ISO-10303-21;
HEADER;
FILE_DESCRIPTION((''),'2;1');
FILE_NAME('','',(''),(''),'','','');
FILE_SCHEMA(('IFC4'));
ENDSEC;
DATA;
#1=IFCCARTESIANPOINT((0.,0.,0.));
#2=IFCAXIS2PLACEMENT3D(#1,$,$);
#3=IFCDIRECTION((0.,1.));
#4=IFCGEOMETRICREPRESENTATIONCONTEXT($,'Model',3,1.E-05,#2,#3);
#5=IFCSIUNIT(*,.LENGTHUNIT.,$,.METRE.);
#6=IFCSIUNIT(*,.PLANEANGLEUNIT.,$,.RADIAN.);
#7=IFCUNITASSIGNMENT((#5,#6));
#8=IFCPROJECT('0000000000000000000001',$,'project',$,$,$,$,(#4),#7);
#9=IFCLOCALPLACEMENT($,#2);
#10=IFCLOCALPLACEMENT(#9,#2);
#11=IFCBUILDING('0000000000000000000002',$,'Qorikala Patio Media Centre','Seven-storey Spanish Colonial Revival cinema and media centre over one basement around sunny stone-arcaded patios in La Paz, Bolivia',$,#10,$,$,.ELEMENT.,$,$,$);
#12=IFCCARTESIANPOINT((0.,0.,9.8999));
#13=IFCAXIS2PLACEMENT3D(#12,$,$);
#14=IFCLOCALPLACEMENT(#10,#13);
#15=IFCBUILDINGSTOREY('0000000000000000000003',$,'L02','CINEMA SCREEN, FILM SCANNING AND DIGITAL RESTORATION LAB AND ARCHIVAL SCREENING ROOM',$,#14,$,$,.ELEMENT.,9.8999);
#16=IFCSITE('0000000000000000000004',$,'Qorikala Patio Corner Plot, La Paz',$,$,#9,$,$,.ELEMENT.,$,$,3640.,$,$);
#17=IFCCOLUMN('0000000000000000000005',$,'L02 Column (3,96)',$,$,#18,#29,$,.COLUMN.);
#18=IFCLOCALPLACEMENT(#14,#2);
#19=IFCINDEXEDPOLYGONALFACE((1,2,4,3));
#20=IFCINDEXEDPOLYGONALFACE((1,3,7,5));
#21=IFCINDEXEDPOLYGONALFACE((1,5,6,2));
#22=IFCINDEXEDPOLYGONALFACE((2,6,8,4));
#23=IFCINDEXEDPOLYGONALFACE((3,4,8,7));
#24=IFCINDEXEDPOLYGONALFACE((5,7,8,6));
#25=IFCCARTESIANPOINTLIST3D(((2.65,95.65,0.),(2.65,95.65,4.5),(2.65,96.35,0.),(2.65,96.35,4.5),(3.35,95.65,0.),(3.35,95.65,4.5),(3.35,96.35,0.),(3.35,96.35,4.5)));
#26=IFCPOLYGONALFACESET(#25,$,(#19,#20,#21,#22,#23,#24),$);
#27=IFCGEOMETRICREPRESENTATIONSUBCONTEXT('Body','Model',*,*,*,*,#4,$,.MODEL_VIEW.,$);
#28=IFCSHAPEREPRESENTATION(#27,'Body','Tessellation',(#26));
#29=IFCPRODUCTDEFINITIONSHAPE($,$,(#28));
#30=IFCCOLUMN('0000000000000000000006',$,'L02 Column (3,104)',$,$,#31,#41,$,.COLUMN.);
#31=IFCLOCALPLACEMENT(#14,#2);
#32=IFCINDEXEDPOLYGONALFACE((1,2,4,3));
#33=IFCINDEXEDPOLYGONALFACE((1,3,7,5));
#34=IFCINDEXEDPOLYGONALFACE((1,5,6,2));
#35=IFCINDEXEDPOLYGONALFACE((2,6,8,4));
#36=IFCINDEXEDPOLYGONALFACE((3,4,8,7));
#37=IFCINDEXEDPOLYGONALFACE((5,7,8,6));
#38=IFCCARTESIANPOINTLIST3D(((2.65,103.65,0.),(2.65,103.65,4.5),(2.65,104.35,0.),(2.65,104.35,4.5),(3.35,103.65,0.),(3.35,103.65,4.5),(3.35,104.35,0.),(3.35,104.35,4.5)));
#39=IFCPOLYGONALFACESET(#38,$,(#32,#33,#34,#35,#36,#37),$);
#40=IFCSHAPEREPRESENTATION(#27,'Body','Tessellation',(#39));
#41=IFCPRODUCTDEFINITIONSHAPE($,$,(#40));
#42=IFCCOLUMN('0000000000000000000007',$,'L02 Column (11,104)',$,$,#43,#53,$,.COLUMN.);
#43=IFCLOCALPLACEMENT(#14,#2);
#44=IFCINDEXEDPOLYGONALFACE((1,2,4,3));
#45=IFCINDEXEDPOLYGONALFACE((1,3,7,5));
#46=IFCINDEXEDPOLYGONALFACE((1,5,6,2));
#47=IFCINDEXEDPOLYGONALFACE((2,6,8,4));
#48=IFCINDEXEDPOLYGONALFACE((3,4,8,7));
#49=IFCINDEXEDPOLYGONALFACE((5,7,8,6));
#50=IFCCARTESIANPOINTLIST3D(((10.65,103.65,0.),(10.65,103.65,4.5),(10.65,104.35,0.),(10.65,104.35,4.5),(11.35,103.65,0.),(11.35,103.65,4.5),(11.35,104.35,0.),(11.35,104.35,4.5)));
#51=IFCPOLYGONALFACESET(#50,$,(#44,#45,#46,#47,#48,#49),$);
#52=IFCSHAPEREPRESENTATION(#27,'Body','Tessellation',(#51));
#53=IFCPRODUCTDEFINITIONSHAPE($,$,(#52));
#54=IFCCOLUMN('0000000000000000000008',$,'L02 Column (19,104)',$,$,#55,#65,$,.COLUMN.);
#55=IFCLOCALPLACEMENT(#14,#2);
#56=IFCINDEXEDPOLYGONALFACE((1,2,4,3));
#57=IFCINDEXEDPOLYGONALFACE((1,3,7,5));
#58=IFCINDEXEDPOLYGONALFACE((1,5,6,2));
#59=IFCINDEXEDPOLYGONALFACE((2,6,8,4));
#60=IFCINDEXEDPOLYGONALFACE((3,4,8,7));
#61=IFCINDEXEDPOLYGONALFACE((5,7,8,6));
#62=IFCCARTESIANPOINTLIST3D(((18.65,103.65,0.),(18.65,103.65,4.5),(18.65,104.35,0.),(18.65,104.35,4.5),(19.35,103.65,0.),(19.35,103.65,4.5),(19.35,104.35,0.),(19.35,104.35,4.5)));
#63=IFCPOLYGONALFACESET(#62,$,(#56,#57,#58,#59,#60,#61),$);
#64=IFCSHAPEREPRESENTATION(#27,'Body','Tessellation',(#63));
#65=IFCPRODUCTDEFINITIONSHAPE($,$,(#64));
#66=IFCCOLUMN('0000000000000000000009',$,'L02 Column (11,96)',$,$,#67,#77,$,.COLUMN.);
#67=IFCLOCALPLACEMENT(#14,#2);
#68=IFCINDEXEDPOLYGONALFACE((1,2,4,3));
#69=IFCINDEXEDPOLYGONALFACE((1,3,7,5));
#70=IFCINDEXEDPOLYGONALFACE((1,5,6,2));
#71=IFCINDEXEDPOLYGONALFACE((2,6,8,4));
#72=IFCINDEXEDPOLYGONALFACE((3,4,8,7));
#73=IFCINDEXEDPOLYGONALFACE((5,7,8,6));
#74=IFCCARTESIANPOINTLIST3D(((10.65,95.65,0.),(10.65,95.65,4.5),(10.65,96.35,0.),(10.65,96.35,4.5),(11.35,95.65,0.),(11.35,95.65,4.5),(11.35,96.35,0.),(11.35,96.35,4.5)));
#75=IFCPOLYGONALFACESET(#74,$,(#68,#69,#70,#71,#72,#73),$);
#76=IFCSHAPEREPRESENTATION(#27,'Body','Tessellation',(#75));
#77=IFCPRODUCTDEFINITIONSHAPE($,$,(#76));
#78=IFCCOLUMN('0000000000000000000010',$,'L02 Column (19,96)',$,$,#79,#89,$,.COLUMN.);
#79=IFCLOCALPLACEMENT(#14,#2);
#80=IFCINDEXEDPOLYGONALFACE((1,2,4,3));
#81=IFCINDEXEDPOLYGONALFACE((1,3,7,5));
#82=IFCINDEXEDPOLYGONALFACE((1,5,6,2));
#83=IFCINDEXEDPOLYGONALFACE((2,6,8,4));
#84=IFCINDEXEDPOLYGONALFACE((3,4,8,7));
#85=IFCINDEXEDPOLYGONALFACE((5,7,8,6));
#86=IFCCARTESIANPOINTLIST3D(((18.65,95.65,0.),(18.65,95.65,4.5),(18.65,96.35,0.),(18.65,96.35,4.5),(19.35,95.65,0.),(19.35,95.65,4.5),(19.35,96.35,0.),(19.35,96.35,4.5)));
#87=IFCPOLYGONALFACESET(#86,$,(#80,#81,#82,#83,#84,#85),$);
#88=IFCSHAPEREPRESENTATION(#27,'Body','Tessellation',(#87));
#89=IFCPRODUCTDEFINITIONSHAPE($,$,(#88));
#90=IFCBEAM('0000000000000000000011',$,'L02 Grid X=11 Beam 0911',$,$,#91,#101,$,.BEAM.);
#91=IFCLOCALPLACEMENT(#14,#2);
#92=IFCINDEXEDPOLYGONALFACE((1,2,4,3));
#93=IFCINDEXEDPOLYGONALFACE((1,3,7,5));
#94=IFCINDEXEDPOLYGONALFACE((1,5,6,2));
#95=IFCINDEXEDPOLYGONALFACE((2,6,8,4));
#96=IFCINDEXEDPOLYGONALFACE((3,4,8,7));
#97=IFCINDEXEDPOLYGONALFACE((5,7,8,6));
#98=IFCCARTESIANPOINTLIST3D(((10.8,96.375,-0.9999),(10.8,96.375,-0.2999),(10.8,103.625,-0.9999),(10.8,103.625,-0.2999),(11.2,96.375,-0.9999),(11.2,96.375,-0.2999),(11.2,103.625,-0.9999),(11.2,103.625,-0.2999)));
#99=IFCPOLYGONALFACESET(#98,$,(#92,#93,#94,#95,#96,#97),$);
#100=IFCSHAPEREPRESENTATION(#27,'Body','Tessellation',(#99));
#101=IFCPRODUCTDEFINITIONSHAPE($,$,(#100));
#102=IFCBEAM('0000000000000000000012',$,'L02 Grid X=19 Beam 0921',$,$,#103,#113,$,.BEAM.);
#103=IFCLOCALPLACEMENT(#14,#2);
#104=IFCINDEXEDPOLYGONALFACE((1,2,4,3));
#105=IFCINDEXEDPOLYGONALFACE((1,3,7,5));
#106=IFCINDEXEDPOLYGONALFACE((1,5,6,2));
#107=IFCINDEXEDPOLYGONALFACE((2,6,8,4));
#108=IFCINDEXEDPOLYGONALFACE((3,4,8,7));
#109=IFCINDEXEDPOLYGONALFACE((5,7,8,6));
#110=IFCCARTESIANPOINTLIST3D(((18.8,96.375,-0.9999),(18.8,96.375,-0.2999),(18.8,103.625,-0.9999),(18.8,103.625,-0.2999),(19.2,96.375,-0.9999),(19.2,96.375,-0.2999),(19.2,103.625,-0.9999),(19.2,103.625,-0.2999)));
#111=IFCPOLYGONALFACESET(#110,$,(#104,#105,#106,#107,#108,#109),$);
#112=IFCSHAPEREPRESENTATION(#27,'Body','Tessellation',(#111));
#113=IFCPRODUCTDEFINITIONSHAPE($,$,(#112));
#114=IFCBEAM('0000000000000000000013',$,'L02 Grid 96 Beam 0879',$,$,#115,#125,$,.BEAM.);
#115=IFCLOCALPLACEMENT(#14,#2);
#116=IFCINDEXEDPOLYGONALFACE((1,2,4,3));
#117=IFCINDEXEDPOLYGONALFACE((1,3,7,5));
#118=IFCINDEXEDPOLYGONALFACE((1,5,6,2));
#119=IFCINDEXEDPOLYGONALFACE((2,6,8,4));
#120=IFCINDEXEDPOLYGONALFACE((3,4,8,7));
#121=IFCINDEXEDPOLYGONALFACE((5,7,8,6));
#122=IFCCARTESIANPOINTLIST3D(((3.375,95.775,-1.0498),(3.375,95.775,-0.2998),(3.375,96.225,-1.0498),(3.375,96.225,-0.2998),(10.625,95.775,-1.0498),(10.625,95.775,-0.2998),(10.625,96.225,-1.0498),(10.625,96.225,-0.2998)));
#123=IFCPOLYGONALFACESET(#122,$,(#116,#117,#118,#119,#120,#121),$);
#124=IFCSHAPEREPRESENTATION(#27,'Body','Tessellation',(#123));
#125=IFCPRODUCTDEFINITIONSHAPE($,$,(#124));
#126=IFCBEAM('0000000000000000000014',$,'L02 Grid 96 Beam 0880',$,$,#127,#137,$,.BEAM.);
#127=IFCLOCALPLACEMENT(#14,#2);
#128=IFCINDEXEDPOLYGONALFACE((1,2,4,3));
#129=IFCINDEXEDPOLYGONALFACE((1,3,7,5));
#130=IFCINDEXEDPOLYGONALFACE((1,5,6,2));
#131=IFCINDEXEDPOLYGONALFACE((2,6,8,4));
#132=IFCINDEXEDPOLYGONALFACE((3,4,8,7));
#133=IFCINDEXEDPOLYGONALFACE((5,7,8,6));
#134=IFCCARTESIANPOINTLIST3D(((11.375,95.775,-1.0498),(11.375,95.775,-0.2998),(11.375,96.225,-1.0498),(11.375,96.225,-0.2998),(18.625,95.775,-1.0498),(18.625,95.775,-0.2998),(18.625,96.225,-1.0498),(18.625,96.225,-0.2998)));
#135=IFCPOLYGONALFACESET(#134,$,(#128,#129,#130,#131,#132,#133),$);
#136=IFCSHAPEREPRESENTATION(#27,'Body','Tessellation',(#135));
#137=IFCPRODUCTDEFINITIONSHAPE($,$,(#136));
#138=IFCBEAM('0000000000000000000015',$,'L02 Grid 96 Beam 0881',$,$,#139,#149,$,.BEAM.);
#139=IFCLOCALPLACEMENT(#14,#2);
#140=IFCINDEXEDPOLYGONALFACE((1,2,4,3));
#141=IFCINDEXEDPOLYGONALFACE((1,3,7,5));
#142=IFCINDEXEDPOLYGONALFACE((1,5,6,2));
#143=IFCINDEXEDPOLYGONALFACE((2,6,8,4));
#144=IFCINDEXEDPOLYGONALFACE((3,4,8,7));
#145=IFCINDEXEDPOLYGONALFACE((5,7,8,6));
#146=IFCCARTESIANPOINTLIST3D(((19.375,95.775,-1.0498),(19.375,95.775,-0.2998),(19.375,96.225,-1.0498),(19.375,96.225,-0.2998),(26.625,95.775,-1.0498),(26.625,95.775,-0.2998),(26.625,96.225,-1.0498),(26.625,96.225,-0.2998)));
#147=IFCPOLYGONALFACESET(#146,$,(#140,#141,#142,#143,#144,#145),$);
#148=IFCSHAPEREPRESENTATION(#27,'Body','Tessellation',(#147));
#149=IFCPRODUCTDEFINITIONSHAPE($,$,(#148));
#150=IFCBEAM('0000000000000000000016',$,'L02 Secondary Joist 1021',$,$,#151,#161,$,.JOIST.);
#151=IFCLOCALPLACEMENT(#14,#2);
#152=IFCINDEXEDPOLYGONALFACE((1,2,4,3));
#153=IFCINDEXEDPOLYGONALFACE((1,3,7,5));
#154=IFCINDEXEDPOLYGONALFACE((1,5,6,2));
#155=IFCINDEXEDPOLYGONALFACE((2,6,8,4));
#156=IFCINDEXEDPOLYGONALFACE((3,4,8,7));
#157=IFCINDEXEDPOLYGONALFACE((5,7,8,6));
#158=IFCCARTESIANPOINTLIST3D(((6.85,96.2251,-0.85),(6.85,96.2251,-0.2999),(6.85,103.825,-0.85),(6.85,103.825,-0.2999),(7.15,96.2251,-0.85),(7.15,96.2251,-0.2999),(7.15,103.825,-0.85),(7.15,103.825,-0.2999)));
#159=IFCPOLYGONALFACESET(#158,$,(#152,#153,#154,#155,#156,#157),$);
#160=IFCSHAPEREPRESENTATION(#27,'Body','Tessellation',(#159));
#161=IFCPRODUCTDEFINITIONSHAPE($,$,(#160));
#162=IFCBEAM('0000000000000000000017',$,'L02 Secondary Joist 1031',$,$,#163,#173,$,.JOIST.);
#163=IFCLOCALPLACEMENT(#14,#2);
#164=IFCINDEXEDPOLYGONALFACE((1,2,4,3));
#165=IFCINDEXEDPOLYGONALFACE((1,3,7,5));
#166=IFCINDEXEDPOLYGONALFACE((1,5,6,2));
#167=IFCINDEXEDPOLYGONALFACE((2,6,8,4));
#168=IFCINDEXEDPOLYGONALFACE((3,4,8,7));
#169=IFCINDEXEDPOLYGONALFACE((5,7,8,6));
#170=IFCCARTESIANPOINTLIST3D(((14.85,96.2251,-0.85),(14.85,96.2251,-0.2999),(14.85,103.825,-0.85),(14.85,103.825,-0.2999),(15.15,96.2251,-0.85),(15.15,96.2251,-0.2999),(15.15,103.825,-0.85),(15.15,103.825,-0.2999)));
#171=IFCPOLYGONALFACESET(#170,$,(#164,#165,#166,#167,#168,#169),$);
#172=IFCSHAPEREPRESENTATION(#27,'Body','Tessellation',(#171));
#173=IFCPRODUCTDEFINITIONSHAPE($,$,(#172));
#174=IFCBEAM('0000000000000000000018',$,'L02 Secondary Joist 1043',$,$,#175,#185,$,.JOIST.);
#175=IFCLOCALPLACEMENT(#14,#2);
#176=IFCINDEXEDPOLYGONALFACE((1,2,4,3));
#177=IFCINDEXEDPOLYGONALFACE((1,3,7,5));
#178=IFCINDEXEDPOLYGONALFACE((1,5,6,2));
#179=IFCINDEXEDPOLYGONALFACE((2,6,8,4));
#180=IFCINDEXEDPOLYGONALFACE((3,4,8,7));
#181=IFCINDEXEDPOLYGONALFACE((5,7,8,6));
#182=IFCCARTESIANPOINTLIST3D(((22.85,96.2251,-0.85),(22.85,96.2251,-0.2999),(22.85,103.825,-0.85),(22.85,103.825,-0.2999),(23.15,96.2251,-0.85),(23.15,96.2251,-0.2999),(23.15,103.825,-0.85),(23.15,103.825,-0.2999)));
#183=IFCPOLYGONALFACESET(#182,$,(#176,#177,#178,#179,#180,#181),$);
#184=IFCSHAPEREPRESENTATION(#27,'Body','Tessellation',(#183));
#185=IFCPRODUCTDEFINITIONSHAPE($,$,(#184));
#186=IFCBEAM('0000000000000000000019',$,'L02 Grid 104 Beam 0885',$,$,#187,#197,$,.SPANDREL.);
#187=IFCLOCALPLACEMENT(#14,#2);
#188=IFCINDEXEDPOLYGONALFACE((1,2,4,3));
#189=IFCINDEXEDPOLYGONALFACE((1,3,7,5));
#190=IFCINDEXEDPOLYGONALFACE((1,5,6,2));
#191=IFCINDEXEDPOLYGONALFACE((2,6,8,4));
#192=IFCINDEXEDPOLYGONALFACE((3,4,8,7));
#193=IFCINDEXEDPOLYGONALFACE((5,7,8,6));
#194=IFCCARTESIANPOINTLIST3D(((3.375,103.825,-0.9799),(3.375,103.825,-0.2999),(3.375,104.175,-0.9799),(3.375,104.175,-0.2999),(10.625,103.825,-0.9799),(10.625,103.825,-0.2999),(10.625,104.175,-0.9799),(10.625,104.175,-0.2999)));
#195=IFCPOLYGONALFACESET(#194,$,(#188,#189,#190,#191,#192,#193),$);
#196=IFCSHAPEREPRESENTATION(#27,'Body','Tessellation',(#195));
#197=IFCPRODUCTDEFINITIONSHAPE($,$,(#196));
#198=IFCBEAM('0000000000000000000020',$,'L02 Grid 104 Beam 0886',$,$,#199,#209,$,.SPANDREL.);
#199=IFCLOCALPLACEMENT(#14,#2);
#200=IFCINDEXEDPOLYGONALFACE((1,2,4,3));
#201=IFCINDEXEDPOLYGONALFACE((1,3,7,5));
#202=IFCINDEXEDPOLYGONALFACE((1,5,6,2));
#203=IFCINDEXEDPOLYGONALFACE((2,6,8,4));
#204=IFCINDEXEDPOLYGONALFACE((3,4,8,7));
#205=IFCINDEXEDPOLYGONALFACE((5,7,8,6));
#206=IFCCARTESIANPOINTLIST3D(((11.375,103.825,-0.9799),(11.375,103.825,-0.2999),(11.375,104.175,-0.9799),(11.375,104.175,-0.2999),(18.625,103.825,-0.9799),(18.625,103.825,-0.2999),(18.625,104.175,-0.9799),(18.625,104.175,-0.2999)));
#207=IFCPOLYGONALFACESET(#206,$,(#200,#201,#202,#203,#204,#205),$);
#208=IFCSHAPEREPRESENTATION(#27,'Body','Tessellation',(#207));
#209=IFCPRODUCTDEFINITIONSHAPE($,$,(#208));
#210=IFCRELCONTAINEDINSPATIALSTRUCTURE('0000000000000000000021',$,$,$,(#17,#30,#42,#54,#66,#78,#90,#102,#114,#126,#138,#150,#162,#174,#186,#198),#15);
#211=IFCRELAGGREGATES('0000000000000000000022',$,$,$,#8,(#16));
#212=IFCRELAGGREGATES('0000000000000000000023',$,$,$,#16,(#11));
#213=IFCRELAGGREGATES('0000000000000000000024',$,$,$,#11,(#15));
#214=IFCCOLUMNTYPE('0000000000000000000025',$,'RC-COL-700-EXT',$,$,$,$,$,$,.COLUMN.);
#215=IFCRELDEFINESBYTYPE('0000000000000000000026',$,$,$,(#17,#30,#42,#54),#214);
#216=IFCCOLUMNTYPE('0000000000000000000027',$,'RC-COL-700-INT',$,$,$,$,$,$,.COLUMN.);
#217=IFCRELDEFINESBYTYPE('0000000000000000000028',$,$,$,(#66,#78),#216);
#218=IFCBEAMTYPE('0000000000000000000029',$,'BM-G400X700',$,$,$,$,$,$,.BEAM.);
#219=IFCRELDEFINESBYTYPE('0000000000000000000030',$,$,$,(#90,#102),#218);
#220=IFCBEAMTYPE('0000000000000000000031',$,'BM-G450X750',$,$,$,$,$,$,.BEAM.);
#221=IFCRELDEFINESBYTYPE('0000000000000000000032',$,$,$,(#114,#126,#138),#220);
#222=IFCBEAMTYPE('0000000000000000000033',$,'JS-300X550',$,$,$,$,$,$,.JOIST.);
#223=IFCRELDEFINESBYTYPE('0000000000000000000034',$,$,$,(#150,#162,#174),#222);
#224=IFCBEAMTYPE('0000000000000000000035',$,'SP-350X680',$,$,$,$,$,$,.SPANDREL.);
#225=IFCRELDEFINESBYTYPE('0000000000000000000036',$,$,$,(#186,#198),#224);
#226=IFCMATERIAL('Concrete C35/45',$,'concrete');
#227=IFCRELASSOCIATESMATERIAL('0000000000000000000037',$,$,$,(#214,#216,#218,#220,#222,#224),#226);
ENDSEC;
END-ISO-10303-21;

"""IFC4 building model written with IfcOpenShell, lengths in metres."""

from ifc_helpers import new_model, si_unit, direction, frame, origin, origin_2d, place, context, subcontext, project, spatial, rectangle, extrude, material, material_profile, profile_set, type_object, element, save


model = new_model("IFC4")

# Units and contexts
model_context = context("Model", 3, precision=1e-05, world=origin(), true_north=direction((0.0, 1.0)))
body_context = subcontext(model_context, "Body", "Model", "MODEL_VIEW")
ifc_project = project(units=[si_unit("LENGTHUNIT", "METRE"), si_unit("PLANEANGLEUNIT", "RADIAN")], contexts=[model_context])

# Site, building, storey
site_placement = place(None, origin())
site = spatial("IfcSite", under=ifc_project, at=site_placement, Name="Qorikala Patio Corner Plot, La Paz", CompositionType="ELEMENT", RefElevation=3640.0)
building_placement = place(site_placement, origin())
building = spatial("IfcBuilding", under=site, at=building_placement, Name="Qorikala Patio Media Centre", Description="Seven-storey Spanish Colonial Revival cinema and media centre over one basement around sunny stone-arcaded patios in La Paz, Bolivia", CompositionType="ELEMENT")
storey_placement = place(building_placement, frame((0.0, 0.0, 9.8999)))
storey = spatial("IfcBuildingStorey", under=building, at=storey_placement, Name="L02", Description="CINEMA SCREEN, FILM SCANNING AND DIGITAL RESTORATION LAB AND ARCHIVAL SCREENING ROOM", CompositionType="ELEMENT", Elevation=9.8999)

# Columns
ifc_material_1 = material(Name="Concrete C35/45", Category="concrete")
ifc_material_profile_1 = material_profile(ifc_material_1, rectangle(XDim=0.7, YDim=0.7, at=origin_2d()), Name="RC 700x700")
ifc_profile_set_1 = profile_set([ifc_material_profile_1], Name="Concrete C35/45")
column_type_1 = type_object("IfcColumnType", Name="RC-COL-700-EXT", PredefinedType="COLUMN", material=ifc_profile_set_1)
for number, where, z_axis, x_axis, name in (
    (1, (3.0, 96.0, 0.0), (0.0, 0.0, 1.0), (1.0, 0.0, 0.0), "L02 Column (3,96)"),
    (2, (3.0, 104.0, 0.0), (0.0, 0.0, 1.0), (1.0, 0.0, 0.0), "L02 Column (3,104)"),
    (3, (11.0, 104.0, 0.0), (0.0, 0.0, 1.0), (1.0, 0.0, 0.0), "L02 Column (11,104)"),
    (4, (19.0, 104.0, 0.0), (0.0, 0.0, 1.0), (1.0, 0.0, 0.0), "L02 Column (19,104)"),
):
    element("IfcColumn", number, at=place(storey_placement, frame(where, z_axis=z_axis, x_axis=x_axis)), inside=storey, type_object=column_type_1, Name=name, PredefinedType="COLUMN", context=body_context, shape_type="SweptSolid", body=[
        extrude(rectangle(XDim=0.7, YDim=0.7, at=origin_2d()), origin(), (0.0, 0.0, 1.0), 4.5),
    ])
ifc_material_profile_2 = material_profile(ifc_material_1, rectangle(XDim=0.7, YDim=0.7, at=origin_2d()), Name="RC 700x700")
ifc_profile_set_2 = profile_set([ifc_material_profile_2], Name="Concrete C35/45")
column_type_2 = type_object("IfcColumnType", Name="RC-COL-700-INT", PredefinedType="COLUMN", material=ifc_profile_set_2)
for number, where, z_axis, x_axis, name in (
    (5, (11.0, 96.0, 0.0), (0.0, 0.0, 1.0), (1.0, 0.0, 0.0), "L02 Column (11,96)"),
    (6, (19.0, 96.0, 0.0), (0.0, 0.0, 1.0), (1.0, 0.0, 0.0), "L02 Column (19,96)"),
):
    element("IfcColumn", number, at=place(storey_placement, frame(where, z_axis=z_axis, x_axis=x_axis)), inside=storey, type_object=column_type_2, Name=name, PredefinedType="COLUMN", context=body_context, shape_type="SweptSolid", body=[
        extrude(rectangle(XDim=0.7, YDim=0.7, at=origin_2d()), origin(), (0.0, 0.0, 1.0), 4.5),
    ])

# Beams
ifc_material_profile_3 = material_profile(ifc_material_1, rectangle(XDim=0.3999, YDim=0.7, at=origin_2d()), Name="RC 400x700")
ifc_profile_set_3 = profile_set([ifc_material_profile_3], Name="Concrete C35/45")
beam_type_1 = type_object("IfcBeamType", Name="BM-G400X700", PredefinedType="BEAM", material=ifc_profile_set_3)
for number, where, z_axis, x_axis, name in (
    (7, (11.0, 96.375, -0.6499), (0.0, 1.0, 0.0), (-1.0, 0.0, 0.0), "L02 Grid X=11 Beam 0911"),
    (8, (19.0, 96.375, -0.6499), (0.0, 1.0, 0.0), (-1.0, 0.0, 0.0), "L02 Grid X=19 Beam 0921"),
):
    element("IfcBeam", number, at=place(storey_placement, frame(where, z_axis=z_axis, x_axis=x_axis)), inside=storey, type_object=beam_type_1, Name=name, PredefinedType="BEAM", context=body_context, shape_type="SweptSolid", body=[
        extrude(rectangle(XDim=0.3999, YDim=0.7, at=origin_2d()), origin(), (0.0, 0.0, 1.0), 7.25),
    ])
ifc_material_profile_4 = material_profile(ifc_material_1, rectangle(XDim=0.45, YDim=0.75, at=origin_2d()), Name="RC 450x750")
ifc_profile_set_4 = profile_set([ifc_material_profile_4], Name="Concrete C35/45")
beam_type_2 = type_object("IfcBeamType", Name="BM-G450X750", PredefinedType="BEAM", material=ifc_profile_set_4)
for number, where, z_axis, x_axis, name in (
    (9, (3.375, 96.0, -0.6748), (1.0, 0.0, 0.0), (0.0, 1.0, 0.0), "L02 Grid 96 Beam 0879"),
    (10, (11.375, 96.0, -0.6748), (1.0, 0.0, 0.0), (0.0, 1.0, 0.0), "L02 Grid 96 Beam 0880"),
    (11, (19.375, 96.0, -0.6748), (1.0, 0.0, 0.0), (0.0, 1.0, 0.0), "L02 Grid 96 Beam 0881"),
):
    element("IfcBeam", number, at=place(storey_placement, frame(where, z_axis=z_axis, x_axis=x_axis)), inside=storey, type_object=beam_type_2, Name=name, PredefinedType="BEAM", context=body_context, shape_type="SweptSolid", body=[
        extrude(rectangle(XDim=0.45, YDim=0.75, at=origin_2d()), origin(), (0.0, 0.0, 1.0), 7.25),
    ])
ifc_material_profile_5 = material_profile(ifc_material_1, rectangle(XDim=0.3, YDim=0.55, at=origin_2d()), Name="RC 300x550")
ifc_profile_set_5 = profile_set([ifc_material_profile_5], Name="Concrete C35/45")
beam_type_3 = type_object("IfcBeamType", Name="JS-300X550", PredefinedType="JOIST", material=ifc_profile_set_5)
for number, where, z_axis, x_axis, name in (
    (12, (7.0, 96.2251, -0.575), (0.0, 1.0, 0.0), (-1.0, 0.0, 0.0), "L02 Secondary Joist 1021"),
    (13, (15.0, 96.2251, -0.575), (0.0, 1.0, 0.0), (-1.0, 0.0, 0.0), "L02 Secondary Joist 1031"),
    (14, (23.0, 96.2251, -0.575), (0.0, 1.0, 0.0), (-1.0, 0.0, 0.0), "L02 Secondary Joist 1043"),
):
    element("IfcBeam", number, at=place(storey_placement, frame(where, z_axis=z_axis, x_axis=x_axis)), inside=storey, type_object=beam_type_3, Name=name, PredefinedType="JOIST", context=body_context, shape_type="SweptSolid", body=[
        extrude(rectangle(XDim=0.3, YDim=0.55, at=origin_2d()), origin(), (0.0, 0.0, 1.0), 7.5999),
    ])
ifc_material_profile_6 = material_profile(ifc_material_1, rectangle(XDim=0.3501, YDim=0.6799, at=origin_2d()), Name="RC 350x680")
ifc_profile_set_6 = profile_set([ifc_material_profile_6], Name="Concrete C35/45")
beam_type_4 = type_object("IfcBeamType", Name="SP-350X680", PredefinedType="SPANDREL", material=ifc_profile_set_6)
for number, where, z_axis, x_axis, name in (
    (15, (3.375, 104.0, -0.6399), (1.0, 0.0, 0.0), (0.0, 1.0, 0.0), "L02 Grid 104 Beam 0885"),
    (16, (11.375, 104.0, -0.6399), (1.0, 0.0, 0.0), (0.0, 1.0, 0.0), "L02 Grid 104 Beam 0886"),
):
    element("IfcBeam", number, at=place(storey_placement, frame(where, z_axis=z_axis, x_axis=x_axis)), inside=storey, type_object=beam_type_4, Name=name, PredefinedType="SPANDREL", context=body_context, shape_type="SweptSolid", body=[
        extrude(rectangle(XDim=0.3501, YDim=0.6799, at=origin_2d()), origin(), (0.0, 0.0, 1.0), 7.25),
    ])

save(model, "model.ifc")
